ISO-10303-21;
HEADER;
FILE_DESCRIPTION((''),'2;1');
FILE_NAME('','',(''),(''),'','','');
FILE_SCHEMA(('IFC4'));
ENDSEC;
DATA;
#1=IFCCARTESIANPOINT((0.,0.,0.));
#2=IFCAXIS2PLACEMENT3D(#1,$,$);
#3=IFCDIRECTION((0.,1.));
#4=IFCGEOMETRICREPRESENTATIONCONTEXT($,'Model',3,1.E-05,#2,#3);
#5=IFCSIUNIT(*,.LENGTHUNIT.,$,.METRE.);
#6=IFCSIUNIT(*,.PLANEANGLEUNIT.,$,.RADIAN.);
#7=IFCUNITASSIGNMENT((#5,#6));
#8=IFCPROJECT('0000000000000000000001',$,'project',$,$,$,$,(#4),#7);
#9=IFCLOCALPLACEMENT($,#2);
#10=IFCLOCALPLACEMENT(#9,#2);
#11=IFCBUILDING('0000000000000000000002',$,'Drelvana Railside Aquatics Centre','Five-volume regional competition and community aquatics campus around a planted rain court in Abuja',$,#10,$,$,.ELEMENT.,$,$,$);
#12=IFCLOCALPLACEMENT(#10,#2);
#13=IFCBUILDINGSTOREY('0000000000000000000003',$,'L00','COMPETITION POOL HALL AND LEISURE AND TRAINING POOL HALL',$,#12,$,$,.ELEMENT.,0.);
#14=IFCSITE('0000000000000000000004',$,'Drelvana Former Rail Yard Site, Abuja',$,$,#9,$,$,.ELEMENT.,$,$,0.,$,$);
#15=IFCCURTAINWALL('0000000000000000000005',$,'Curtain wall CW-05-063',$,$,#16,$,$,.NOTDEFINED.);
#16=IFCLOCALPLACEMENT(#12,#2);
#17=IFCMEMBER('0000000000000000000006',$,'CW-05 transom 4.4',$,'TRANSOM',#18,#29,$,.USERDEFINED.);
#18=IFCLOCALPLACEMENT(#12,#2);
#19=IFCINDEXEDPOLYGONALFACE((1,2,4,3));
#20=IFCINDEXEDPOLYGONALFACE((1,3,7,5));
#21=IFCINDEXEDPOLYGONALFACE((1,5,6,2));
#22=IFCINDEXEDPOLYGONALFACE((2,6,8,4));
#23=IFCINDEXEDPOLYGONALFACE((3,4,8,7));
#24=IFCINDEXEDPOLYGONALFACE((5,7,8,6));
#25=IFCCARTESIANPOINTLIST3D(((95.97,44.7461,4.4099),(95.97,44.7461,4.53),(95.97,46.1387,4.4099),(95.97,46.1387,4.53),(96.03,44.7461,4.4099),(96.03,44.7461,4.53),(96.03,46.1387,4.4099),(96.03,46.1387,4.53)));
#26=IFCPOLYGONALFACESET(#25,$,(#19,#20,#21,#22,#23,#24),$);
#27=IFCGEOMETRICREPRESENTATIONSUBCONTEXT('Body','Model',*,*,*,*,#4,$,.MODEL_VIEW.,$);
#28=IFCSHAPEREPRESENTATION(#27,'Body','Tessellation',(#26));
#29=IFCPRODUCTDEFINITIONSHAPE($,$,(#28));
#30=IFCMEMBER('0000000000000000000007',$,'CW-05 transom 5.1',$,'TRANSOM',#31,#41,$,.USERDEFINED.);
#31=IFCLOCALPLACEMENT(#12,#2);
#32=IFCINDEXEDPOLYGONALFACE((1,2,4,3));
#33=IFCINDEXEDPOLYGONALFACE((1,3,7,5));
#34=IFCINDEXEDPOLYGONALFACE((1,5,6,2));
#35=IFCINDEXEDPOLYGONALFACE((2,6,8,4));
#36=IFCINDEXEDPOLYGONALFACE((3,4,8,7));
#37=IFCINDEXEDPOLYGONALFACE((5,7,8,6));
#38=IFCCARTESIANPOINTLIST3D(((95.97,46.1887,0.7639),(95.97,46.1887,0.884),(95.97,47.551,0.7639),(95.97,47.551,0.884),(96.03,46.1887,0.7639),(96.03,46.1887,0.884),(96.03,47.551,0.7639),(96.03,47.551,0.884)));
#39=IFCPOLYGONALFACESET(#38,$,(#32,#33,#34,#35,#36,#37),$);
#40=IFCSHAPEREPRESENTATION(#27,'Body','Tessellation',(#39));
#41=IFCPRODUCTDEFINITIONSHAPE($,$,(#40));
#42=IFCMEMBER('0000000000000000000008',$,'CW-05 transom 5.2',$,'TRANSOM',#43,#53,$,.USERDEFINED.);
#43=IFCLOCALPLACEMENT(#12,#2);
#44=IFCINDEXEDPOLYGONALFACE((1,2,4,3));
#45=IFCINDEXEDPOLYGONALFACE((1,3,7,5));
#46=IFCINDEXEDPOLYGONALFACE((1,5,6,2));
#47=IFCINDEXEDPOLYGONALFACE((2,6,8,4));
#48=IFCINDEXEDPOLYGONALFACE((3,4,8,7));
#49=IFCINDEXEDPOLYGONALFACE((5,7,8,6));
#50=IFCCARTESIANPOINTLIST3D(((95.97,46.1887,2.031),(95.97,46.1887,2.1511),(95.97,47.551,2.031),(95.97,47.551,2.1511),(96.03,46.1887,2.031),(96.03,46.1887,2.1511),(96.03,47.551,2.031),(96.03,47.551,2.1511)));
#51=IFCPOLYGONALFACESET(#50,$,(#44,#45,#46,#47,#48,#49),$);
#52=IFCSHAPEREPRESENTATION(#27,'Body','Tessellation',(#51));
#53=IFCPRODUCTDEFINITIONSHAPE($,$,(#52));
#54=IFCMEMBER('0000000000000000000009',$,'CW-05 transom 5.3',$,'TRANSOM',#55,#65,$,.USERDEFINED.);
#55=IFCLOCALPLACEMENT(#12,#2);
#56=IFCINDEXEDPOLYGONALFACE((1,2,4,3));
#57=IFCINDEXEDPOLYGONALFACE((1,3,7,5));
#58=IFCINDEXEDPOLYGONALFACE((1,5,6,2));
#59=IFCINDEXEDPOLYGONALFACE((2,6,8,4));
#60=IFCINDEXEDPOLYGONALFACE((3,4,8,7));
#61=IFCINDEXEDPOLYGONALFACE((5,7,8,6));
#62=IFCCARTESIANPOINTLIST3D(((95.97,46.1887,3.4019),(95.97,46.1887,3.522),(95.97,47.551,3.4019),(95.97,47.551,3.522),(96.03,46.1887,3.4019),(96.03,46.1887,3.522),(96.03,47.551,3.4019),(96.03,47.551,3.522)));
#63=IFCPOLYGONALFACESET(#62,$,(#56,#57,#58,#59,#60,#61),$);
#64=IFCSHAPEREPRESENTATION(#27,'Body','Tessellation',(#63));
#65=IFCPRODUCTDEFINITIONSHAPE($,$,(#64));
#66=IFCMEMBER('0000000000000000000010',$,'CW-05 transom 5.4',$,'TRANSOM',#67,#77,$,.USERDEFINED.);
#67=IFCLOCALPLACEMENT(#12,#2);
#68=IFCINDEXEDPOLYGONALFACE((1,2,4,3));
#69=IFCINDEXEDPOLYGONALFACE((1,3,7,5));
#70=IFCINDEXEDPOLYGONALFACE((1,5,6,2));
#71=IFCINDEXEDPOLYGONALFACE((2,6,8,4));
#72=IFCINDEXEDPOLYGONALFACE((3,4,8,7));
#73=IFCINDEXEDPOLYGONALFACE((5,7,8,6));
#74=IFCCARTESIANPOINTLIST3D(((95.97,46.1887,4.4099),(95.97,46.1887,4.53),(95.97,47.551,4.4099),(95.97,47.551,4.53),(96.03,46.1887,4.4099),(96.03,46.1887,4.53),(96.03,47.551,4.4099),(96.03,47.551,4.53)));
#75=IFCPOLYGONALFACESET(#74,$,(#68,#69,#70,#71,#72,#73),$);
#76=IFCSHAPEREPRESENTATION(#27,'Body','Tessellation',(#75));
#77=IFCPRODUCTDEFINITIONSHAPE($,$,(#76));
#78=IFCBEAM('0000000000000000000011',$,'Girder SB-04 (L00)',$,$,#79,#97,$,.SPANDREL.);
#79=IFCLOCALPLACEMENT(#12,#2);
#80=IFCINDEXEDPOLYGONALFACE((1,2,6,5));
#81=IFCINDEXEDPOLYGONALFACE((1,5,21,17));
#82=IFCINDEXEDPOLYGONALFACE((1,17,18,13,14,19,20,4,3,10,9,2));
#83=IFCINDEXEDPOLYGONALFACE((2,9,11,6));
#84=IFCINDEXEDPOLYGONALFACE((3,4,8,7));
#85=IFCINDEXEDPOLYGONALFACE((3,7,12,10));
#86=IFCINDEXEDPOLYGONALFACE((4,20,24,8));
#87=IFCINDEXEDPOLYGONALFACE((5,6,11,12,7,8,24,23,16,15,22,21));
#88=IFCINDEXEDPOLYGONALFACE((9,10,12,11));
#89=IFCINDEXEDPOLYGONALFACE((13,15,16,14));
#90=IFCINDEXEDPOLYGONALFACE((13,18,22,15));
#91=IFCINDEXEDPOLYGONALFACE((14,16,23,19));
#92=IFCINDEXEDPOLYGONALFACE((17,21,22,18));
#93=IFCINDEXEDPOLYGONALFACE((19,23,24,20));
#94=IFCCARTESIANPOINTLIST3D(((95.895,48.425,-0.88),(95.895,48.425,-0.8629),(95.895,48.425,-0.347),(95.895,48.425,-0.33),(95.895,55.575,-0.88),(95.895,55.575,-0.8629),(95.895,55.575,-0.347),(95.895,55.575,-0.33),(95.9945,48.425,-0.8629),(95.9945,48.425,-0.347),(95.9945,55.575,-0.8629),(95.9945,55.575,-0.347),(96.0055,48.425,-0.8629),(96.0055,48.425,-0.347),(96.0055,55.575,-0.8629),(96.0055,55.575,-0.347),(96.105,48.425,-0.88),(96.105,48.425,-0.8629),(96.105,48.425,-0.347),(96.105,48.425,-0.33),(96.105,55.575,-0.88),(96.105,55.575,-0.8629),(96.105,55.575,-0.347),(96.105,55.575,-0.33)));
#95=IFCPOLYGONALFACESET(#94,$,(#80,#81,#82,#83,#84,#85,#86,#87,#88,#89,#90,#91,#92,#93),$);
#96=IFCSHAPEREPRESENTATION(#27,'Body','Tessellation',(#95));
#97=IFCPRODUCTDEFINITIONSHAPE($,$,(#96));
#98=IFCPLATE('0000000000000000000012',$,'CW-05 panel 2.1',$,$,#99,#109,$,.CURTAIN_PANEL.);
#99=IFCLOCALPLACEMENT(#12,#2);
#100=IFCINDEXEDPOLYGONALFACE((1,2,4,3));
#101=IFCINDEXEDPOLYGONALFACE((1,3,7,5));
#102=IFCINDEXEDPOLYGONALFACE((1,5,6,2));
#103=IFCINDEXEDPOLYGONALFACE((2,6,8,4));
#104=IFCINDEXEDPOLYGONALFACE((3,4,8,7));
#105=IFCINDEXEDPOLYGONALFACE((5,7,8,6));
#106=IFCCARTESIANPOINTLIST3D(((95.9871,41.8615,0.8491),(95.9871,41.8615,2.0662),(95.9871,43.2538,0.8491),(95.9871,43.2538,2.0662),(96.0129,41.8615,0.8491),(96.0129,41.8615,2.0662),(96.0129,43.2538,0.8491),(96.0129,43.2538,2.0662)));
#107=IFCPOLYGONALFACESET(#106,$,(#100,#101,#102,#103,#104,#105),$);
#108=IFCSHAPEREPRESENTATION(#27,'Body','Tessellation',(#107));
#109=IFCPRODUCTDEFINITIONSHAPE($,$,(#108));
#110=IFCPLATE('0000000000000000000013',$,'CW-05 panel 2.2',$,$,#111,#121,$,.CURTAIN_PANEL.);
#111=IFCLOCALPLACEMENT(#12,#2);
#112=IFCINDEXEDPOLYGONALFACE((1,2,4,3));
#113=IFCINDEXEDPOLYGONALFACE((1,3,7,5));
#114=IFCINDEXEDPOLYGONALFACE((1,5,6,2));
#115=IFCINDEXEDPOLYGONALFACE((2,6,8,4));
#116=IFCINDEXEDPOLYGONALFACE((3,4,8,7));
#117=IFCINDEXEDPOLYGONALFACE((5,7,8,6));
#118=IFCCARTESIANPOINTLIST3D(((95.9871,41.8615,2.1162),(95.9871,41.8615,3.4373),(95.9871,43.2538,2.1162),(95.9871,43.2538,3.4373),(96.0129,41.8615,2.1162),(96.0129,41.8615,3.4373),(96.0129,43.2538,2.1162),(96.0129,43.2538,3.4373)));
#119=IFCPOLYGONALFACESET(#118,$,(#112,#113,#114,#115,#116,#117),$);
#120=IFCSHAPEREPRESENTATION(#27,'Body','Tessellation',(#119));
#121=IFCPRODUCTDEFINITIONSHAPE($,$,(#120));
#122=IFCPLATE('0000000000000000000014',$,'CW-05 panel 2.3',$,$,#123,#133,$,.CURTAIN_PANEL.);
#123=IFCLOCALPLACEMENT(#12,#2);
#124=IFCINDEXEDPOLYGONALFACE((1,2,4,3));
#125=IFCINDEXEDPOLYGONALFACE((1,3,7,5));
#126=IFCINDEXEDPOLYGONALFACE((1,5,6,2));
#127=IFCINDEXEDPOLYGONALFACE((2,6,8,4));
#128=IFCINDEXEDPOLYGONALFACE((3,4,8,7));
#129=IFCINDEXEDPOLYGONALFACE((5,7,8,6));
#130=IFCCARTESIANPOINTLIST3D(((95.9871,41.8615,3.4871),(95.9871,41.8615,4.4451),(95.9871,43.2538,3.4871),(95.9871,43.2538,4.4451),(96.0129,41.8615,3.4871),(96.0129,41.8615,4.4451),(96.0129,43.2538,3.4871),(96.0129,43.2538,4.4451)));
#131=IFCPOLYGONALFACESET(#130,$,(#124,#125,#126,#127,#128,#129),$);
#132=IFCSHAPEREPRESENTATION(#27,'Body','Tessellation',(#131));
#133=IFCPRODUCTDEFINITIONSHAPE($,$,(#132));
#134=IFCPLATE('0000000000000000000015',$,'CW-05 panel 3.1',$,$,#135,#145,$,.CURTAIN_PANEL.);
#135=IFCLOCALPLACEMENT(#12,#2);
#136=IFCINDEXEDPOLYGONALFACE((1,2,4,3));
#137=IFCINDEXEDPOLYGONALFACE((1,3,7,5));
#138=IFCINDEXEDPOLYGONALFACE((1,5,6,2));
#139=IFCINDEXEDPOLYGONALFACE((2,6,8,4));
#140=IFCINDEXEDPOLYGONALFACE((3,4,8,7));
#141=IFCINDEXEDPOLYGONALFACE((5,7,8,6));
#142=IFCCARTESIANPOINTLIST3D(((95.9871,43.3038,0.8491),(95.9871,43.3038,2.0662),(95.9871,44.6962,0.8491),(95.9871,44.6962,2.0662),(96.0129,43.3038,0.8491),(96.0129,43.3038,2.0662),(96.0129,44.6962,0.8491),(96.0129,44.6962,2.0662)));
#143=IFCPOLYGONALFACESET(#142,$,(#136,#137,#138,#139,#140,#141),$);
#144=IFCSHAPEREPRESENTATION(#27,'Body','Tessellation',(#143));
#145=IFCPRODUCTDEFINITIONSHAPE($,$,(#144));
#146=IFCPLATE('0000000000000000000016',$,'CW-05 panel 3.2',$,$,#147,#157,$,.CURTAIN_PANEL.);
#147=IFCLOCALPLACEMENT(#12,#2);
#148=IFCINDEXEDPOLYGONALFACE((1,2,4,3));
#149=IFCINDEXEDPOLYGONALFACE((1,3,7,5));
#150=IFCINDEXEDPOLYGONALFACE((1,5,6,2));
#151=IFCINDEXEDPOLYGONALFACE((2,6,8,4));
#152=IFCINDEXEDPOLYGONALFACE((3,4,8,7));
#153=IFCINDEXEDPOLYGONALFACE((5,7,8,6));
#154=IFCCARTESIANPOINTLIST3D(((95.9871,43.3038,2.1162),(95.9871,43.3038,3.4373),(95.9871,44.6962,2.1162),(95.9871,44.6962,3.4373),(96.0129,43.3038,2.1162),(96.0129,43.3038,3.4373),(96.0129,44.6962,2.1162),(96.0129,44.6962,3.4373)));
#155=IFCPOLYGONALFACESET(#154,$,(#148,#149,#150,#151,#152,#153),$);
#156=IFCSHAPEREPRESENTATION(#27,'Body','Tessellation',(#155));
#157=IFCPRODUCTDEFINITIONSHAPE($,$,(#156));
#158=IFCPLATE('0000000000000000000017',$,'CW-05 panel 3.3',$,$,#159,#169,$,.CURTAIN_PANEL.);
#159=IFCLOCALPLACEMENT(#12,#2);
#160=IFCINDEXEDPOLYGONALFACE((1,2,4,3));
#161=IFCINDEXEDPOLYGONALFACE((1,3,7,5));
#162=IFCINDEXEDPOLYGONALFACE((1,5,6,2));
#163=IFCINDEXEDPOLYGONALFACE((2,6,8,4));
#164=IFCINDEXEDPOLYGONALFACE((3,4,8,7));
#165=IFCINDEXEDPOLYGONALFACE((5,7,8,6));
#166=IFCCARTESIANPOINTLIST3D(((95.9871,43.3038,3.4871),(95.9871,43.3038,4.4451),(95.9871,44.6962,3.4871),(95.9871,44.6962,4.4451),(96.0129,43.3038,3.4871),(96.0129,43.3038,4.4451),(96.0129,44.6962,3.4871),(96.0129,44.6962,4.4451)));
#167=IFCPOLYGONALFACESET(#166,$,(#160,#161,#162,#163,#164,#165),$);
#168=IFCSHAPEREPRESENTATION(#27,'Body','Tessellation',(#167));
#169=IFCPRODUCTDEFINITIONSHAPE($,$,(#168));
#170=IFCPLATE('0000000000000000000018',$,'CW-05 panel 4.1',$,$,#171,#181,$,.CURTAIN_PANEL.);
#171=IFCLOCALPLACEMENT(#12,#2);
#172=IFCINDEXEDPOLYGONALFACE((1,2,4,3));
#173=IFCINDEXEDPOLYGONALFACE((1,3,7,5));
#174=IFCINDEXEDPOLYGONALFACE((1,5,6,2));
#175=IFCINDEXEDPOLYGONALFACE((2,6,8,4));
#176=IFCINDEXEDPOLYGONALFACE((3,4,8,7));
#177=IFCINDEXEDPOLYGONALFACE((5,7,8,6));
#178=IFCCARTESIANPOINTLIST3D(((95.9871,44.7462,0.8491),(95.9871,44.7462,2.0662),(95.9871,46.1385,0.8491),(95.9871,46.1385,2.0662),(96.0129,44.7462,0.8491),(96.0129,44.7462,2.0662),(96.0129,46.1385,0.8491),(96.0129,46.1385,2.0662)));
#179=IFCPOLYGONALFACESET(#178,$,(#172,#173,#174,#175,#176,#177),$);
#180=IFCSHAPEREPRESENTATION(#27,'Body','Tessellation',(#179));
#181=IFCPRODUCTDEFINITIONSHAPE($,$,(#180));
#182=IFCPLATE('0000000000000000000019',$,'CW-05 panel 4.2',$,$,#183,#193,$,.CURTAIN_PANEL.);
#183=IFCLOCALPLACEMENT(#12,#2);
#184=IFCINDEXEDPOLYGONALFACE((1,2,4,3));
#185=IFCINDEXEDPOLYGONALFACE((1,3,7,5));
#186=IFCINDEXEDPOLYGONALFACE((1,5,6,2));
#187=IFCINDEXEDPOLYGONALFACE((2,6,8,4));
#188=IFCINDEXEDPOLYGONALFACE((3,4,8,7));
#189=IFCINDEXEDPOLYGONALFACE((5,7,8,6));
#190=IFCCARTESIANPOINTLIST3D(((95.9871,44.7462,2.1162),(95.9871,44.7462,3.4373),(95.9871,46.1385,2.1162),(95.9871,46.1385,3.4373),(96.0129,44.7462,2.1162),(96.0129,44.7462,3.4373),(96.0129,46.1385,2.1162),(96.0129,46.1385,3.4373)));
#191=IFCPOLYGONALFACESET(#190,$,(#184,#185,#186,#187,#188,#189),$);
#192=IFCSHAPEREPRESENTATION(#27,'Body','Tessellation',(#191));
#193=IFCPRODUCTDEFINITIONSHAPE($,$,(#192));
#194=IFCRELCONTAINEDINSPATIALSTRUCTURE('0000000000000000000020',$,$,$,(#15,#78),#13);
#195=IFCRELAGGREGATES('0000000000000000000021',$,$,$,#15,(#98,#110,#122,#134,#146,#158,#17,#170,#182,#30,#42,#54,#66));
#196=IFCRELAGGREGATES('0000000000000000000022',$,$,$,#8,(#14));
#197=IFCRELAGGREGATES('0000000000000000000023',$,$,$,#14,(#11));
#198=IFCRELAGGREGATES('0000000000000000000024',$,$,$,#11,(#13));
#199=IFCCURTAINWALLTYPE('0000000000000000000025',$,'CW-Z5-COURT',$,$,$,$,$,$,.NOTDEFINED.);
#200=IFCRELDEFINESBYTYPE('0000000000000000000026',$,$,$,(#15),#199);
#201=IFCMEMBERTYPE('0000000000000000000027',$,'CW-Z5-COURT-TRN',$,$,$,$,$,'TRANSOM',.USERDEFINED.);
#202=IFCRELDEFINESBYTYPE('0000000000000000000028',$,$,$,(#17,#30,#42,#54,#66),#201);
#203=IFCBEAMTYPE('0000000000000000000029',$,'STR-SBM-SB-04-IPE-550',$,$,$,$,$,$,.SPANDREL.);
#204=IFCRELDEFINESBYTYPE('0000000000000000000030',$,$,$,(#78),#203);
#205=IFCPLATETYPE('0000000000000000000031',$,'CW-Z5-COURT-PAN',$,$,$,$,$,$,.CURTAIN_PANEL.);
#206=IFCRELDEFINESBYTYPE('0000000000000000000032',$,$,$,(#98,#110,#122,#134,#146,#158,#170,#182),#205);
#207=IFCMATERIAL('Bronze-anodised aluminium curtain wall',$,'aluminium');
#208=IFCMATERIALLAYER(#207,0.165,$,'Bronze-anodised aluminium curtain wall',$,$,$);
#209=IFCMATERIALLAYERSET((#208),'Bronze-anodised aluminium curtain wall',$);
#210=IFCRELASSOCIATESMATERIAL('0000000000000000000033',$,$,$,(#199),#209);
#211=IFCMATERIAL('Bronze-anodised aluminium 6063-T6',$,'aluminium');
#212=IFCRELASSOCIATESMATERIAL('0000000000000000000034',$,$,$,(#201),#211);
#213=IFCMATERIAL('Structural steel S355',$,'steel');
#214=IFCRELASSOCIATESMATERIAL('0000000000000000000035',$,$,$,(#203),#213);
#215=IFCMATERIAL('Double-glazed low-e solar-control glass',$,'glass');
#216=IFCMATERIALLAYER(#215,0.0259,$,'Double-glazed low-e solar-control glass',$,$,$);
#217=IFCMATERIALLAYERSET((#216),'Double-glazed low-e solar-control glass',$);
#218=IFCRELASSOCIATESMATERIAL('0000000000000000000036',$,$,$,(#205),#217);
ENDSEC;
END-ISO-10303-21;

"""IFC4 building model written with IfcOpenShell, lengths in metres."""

from ifc_helpers import new_model, si_unit, direction, frame, origin, origin_2d, place, context, subcontext, project, spatial, rectangle, i_section, extrude, material, layer, layer_set, material_profile, profile_set, type_object, element, aggregate, save


model = new_model("IFC4")

# Units and contexts
model_context = context("Model", 3, precision=1e-05, world=origin(), true_north=direction((0.0, 1.0)))
body_context = subcontext(model_context, "Body", "Model", "MODEL_VIEW")
ifc_project = project(units=[si_unit("LENGTHUNIT", "METRE"), si_unit("PLANEANGLEUNIT", "RADIAN")], contexts=[model_context])

# Site, building, storey
site_placement = place(None, origin())
site = spatial("IfcSite", under=ifc_project, at=site_placement, Name="Drelvana Former Rail Yard Site, Abuja", CompositionType="ELEMENT", RefElevation=0.0)
building_placement = place(site_placement, origin())
building = spatial("IfcBuilding", under=site, at=building_placement, Name="Drelvana Railside Aquatics Centre", Description="Five-volume regional competition and community aquatics campus around a planted rain court in Abuja", CompositionType="ELEMENT")
storey_placement = place(building_placement, origin())
storey = spatial("IfcBuildingStorey", under=building, at=storey_placement, Name="L00", Description="COMPETITION POOL HALL AND LEISURE AND TRAINING POOL HALL", CompositionType="ELEMENT", Elevation=0.0)

# Curtain wall, members
ifc_material_1 = material(Name="Bronze-anodised aluminium curtain wall", Category="aluminium")
ifc_layer_1 = layer(ifc_material_1, 0.165, Name="Bronze-anodised aluminium curtain wall")
ifc_layer_set_1 = layer_set([ifc_layer_1], Name="Bronze-anodised aluminium curtain wall")
curtain_wall_type = type_object("IfcCurtainWallType", Name="CW-Z5-COURT", PredefinedType="NOTDEFINED", material=ifc_layer_set_1)
curtain_wall_placement = place(storey_placement, origin())
curtain_wall = element("IfcCurtainWall", 1, at=curtain_wall_placement, inside=storey, type_object=curtain_wall_type, Name="Curtain wall CW-05-063", PredefinedType="NOTDEFINED")
ifc_material_2 = material(Name="Bronze-anodised aluminium 6063-T6", Category="aluminium")
ifc_material_profile_1 = material_profile(ifc_material_2, rectangle(XDim=0.1201, YDim=0.0601, at=origin_2d()), Name="ALU-T 60x120")
ifc_profile_set_1 = profile_set([ifc_material_profile_1], Name="Bronze-anodised aluminium 6063-T6")
member_type_1 = type_object("IfcMemberType", Name="CW-Z5-COURT-TRN", ElementType="TRANSOM", PredefinedType="USERDEFINED", material=ifc_profile_set_1)
member_1_placement = place(storey_placement, frame((96.0, 44.7461, 4.47), z_axis=(0.0, 1.0, 0.0), x_axis=(0.0, 0.0, 1.0)))
member_1 = element("IfcMember", 2, at=member_1_placement, type_object=member_type_1, Name="CW-05 transom 4.4", ObjectType="TRANSOM", PredefinedType="USERDEFINED", context=body_context, shape_type="SweptSolid", body=[
    extrude(rectangle(XDim=0.1201, YDim=0.0601, at=origin_2d()), origin(), (0.0, 0.0, 1.0), 1.3926),
])
member_2_placement = place(storey_placement, frame((96.0, 46.1887, 0.824), z_axis=(0.0, 1.0, 0.0), x_axis=(0.0, 0.0, 1.0)))
member_2 = element("IfcMember", 3, at=member_2_placement, type_object=member_type_1, Name="CW-05 transom 5.1", ObjectType="TRANSOM", PredefinedType="USERDEFINED", context=body_context, shape_type="SweptSolid", body=[
    extrude(rectangle(XDim=0.1201, YDim=0.0601, at=origin_2d()), origin(), (0.0, 0.0, 1.0), 1.3623),
])
member_3_placement = place(storey_placement, frame((96.0, 46.1887, 2.0911), z_axis=(0.0, 1.0, 0.0), x_axis=(0.0, 0.0, 1.0)))
member_3 = element("IfcMember", 4, at=member_3_placement, type_object=member_type_1, Name="CW-05 transom 5.2", ObjectType="TRANSOM", PredefinedType="USERDEFINED", context=body_context, shape_type="SweptSolid", body=[
    extrude(rectangle(XDim=0.1201, YDim=0.0601, at=origin_2d()), origin(), (0.0, 0.0, 1.0), 1.3623),
])
member_4_placement = place(storey_placement, frame((96.0, 46.1887, 3.4619), z_axis=(0.0, 1.0, 0.0), x_axis=(0.0, 0.0, 1.0)))
member_4 = element("IfcMember", 5, at=member_4_placement, type_object=member_type_1, Name="CW-05 transom 5.3", ObjectType="TRANSOM", PredefinedType="USERDEFINED", context=body_context, shape_type="SweptSolid", body=[
    extrude(rectangle(XDim=0.1201, YDim=0.0601, at=origin_2d()), origin(), (0.0, 0.0, 1.0), 1.3623),
])
member_5_placement = place(storey_placement, frame((96.0, 46.1887, 4.47), z_axis=(0.0, 1.0, 0.0), x_axis=(0.0, 0.0, 1.0)))
member_5 = element("IfcMember", 6, at=member_5_placement, type_object=member_type_1, Name="CW-05 transom 5.4", ObjectType="TRANSOM", PredefinedType="USERDEFINED", context=body_context, shape_type="SweptSolid", body=[
    extrude(rectangle(XDim=0.1201, YDim=0.0601, at=origin_2d()), origin(), (0.0, 0.0, 1.0), 1.3623),
])

# Beam
ifc_material_3 = material(Name="Structural steel S355", Category="steel")
ifc_material_profile_2 = material_profile(ifc_material_3, i_section(OverallWidth=0.21, OverallDepth=0.55, WebThickness=0.011, FlangeThickness=0.0171, at=origin_2d()), Name="IPE 550")
ifc_profile_set_2 = profile_set([ifc_material_profile_2], Name="Structural steel S355")
beam_type = type_object("IfcBeamType", Name="STR-SBM-SB-04-IPE-550", PredefinedType="SPANDREL", material=ifc_profile_set_2)
beam_placement = place(storey_placement, frame((96.0, 48.425, -0.605), z_axis=(0.0, 1.0, 0.0), x_axis=(-1.0, 0.0, 0.0)))
element("IfcBeam", 7, at=beam_placement, inside=storey, type_object=beam_type, Name="Girder SB-04 (L00)", PredefinedType="SPANDREL", context=body_context, shape_type="SweptSolid", body=[
    extrude(i_section(OverallWidth=0.21, OverallDepth=0.55, WebThickness=0.011, FlangeThickness=0.0171, at=origin_2d()), origin(), (0.0, 0.0, 1.0), 7.1499),
])

# Plates
ifc_material_4 = material(Name="Double-glazed low-e solar-control glass", Category="glass")
ifc_layer_2 = layer(ifc_material_4, 0.0259, Name="Double-glazed low-e solar-control glass")
ifc_layer_set_2 = layer_set([ifc_layer_2], Name="Double-glazed low-e solar-control glass")
plate_type = type_object("IfcPlateType", Name="CW-Z5-COURT-PAN", PredefinedType="CURTAIN_PANEL", material=ifc_layer_set_2)
plate_1_placement = place(storey_placement, frame((96.0, 42.5576, 0.8491), z_axis=(0.0, 0.0, 1.0), x_axis=(0.0, 1.0, 0.0)))
plate_1 = element("IfcPlate", 8, at=plate_1_placement, type_object=plate_type, Name="CW-05 panel 2.1", PredefinedType="CURTAIN_PANEL", context=body_context, shape_type="SweptSolid", body=[
    extrude(rectangle(XDim=1.3923, YDim=0.0259, at=origin_2d()), origin(), (0.0, 0.0, 1.0), 1.217),
])
plate_2_placement = place(storey_placement, frame((96.0, 42.5576, 2.1162), z_axis=(0.0, 0.0, 1.0), x_axis=(0.0, 1.0, 0.0)))
plate_2 = element("IfcPlate", 9, at=plate_2_placement, type_object=plate_type, Name="CW-05 panel 2.2", PredefinedType="CURTAIN_PANEL", context=body_context, shape_type="SweptSolid", body=[
    extrude(rectangle(XDim=1.3923, YDim=0.0259, at=origin_2d()), origin(), (0.0, 0.0, 1.0), 1.321),
])
plate_3_placement = place(storey_placement, frame((96.0, 42.5576, 3.4871), z_axis=(0.0, 0.0, 1.0), x_axis=(0.0, 1.0, 0.0)))
plate_3 = element("IfcPlate", 10, at=plate_3_placement, type_object=plate_type, Name="CW-05 panel 2.3", PredefinedType="CURTAIN_PANEL", context=body_context, shape_type="SweptSolid", body=[
    extrude(rectangle(XDim=1.3923, YDim=0.0259, at=origin_2d()), origin(), (0.0, 0.0, 1.0), 0.958),
])
plate_4_placement = place(storey_placement, frame((96.0, 44.0, 0.8491), z_axis=(0.0, 0.0, 1.0), x_axis=(0.0, 1.0, 0.0)))
plate_4 = element("IfcPlate", 11, at=plate_4_placement, type_object=plate_type, Name="CW-05 panel 3.1", PredefinedType="CURTAIN_PANEL", context=body_context, shape_type="SweptSolid", body=[
    extrude(rectangle(XDim=1.3923, YDim=0.0259, at=origin_2d()), origin(), (0.0, 0.0, 1.0), 1.217),
])
plate_5_placement = place(storey_placement, frame((96.0, 44.0, 2.1162), z_axis=(0.0, 0.0, 1.0), x_axis=(0.0, 1.0, 0.0)))
plate_5 = element("IfcPlate", 12, at=plate_5_placement, type_object=plate_type, Name="CW-05 panel 3.2", PredefinedType="CURTAIN_PANEL", context=body_context, shape_type="SweptSolid", body=[
    extrude(rectangle(XDim=1.3923, YDim=0.0259, at=origin_2d()), origin(), (0.0, 0.0, 1.0), 1.321),
])
plate_6_placement = place(storey_placement, frame((96.0, 44.0, 3.4871), z_axis=(0.0, 0.0, 1.0), x_axis=(0.0, 1.0, 0.0)))
plate_6 = element("IfcPlate", 13, at=plate_6_placement, type_object=plate_type, Name="CW-05 panel 3.3", PredefinedType="CURTAIN_PANEL", context=body_context, shape_type="SweptSolid", body=[
    extrude(rectangle(XDim=1.3923, YDim=0.0259, at=origin_2d()), origin(), (0.0, 0.0, 1.0), 0.958),
])
plate_7_placement = place(storey_placement, frame((96.0, 45.4424, 0.8491), z_axis=(0.0, 0.0, 1.0), x_axis=(0.0, 1.0, 0.0)))
plate_7 = element("IfcPlate", 14, at=plate_7_placement, type_object=plate_type, Name="CW-05 panel 4.1", PredefinedType="CURTAIN_PANEL", context=body_context, shape_type="SweptSolid", body=[
    extrude(rectangle(XDim=1.3923, YDim=0.0259, at=origin_2d()), origin(), (0.0, 0.0, 1.0), 1.217),
])
plate_8_placement = place(storey_placement, frame((96.0, 45.4424, 2.1162), z_axis=(0.0, 0.0, 1.0), x_axis=(0.0, 1.0, 0.0)))
plate_8 = element("IfcPlate", 15, at=plate_8_placement, type_object=plate_type, Name="CW-05 panel 4.2", PredefinedType="CURTAIN_PANEL", context=body_context, shape_type="SweptSolid", body=[
    extrude(rectangle(XDim=1.3923, YDim=0.0259, at=origin_2d()), origin(), (0.0, 0.0, 1.0), 1.321),
])
aggregate(curtain_wall, [plate_1, plate_2, plate_3, plate_4, plate_5, plate_6, member_1, plate_7, plate_8, member_2, member_3, member_4, member_5])

save(model, "model.ifc")
